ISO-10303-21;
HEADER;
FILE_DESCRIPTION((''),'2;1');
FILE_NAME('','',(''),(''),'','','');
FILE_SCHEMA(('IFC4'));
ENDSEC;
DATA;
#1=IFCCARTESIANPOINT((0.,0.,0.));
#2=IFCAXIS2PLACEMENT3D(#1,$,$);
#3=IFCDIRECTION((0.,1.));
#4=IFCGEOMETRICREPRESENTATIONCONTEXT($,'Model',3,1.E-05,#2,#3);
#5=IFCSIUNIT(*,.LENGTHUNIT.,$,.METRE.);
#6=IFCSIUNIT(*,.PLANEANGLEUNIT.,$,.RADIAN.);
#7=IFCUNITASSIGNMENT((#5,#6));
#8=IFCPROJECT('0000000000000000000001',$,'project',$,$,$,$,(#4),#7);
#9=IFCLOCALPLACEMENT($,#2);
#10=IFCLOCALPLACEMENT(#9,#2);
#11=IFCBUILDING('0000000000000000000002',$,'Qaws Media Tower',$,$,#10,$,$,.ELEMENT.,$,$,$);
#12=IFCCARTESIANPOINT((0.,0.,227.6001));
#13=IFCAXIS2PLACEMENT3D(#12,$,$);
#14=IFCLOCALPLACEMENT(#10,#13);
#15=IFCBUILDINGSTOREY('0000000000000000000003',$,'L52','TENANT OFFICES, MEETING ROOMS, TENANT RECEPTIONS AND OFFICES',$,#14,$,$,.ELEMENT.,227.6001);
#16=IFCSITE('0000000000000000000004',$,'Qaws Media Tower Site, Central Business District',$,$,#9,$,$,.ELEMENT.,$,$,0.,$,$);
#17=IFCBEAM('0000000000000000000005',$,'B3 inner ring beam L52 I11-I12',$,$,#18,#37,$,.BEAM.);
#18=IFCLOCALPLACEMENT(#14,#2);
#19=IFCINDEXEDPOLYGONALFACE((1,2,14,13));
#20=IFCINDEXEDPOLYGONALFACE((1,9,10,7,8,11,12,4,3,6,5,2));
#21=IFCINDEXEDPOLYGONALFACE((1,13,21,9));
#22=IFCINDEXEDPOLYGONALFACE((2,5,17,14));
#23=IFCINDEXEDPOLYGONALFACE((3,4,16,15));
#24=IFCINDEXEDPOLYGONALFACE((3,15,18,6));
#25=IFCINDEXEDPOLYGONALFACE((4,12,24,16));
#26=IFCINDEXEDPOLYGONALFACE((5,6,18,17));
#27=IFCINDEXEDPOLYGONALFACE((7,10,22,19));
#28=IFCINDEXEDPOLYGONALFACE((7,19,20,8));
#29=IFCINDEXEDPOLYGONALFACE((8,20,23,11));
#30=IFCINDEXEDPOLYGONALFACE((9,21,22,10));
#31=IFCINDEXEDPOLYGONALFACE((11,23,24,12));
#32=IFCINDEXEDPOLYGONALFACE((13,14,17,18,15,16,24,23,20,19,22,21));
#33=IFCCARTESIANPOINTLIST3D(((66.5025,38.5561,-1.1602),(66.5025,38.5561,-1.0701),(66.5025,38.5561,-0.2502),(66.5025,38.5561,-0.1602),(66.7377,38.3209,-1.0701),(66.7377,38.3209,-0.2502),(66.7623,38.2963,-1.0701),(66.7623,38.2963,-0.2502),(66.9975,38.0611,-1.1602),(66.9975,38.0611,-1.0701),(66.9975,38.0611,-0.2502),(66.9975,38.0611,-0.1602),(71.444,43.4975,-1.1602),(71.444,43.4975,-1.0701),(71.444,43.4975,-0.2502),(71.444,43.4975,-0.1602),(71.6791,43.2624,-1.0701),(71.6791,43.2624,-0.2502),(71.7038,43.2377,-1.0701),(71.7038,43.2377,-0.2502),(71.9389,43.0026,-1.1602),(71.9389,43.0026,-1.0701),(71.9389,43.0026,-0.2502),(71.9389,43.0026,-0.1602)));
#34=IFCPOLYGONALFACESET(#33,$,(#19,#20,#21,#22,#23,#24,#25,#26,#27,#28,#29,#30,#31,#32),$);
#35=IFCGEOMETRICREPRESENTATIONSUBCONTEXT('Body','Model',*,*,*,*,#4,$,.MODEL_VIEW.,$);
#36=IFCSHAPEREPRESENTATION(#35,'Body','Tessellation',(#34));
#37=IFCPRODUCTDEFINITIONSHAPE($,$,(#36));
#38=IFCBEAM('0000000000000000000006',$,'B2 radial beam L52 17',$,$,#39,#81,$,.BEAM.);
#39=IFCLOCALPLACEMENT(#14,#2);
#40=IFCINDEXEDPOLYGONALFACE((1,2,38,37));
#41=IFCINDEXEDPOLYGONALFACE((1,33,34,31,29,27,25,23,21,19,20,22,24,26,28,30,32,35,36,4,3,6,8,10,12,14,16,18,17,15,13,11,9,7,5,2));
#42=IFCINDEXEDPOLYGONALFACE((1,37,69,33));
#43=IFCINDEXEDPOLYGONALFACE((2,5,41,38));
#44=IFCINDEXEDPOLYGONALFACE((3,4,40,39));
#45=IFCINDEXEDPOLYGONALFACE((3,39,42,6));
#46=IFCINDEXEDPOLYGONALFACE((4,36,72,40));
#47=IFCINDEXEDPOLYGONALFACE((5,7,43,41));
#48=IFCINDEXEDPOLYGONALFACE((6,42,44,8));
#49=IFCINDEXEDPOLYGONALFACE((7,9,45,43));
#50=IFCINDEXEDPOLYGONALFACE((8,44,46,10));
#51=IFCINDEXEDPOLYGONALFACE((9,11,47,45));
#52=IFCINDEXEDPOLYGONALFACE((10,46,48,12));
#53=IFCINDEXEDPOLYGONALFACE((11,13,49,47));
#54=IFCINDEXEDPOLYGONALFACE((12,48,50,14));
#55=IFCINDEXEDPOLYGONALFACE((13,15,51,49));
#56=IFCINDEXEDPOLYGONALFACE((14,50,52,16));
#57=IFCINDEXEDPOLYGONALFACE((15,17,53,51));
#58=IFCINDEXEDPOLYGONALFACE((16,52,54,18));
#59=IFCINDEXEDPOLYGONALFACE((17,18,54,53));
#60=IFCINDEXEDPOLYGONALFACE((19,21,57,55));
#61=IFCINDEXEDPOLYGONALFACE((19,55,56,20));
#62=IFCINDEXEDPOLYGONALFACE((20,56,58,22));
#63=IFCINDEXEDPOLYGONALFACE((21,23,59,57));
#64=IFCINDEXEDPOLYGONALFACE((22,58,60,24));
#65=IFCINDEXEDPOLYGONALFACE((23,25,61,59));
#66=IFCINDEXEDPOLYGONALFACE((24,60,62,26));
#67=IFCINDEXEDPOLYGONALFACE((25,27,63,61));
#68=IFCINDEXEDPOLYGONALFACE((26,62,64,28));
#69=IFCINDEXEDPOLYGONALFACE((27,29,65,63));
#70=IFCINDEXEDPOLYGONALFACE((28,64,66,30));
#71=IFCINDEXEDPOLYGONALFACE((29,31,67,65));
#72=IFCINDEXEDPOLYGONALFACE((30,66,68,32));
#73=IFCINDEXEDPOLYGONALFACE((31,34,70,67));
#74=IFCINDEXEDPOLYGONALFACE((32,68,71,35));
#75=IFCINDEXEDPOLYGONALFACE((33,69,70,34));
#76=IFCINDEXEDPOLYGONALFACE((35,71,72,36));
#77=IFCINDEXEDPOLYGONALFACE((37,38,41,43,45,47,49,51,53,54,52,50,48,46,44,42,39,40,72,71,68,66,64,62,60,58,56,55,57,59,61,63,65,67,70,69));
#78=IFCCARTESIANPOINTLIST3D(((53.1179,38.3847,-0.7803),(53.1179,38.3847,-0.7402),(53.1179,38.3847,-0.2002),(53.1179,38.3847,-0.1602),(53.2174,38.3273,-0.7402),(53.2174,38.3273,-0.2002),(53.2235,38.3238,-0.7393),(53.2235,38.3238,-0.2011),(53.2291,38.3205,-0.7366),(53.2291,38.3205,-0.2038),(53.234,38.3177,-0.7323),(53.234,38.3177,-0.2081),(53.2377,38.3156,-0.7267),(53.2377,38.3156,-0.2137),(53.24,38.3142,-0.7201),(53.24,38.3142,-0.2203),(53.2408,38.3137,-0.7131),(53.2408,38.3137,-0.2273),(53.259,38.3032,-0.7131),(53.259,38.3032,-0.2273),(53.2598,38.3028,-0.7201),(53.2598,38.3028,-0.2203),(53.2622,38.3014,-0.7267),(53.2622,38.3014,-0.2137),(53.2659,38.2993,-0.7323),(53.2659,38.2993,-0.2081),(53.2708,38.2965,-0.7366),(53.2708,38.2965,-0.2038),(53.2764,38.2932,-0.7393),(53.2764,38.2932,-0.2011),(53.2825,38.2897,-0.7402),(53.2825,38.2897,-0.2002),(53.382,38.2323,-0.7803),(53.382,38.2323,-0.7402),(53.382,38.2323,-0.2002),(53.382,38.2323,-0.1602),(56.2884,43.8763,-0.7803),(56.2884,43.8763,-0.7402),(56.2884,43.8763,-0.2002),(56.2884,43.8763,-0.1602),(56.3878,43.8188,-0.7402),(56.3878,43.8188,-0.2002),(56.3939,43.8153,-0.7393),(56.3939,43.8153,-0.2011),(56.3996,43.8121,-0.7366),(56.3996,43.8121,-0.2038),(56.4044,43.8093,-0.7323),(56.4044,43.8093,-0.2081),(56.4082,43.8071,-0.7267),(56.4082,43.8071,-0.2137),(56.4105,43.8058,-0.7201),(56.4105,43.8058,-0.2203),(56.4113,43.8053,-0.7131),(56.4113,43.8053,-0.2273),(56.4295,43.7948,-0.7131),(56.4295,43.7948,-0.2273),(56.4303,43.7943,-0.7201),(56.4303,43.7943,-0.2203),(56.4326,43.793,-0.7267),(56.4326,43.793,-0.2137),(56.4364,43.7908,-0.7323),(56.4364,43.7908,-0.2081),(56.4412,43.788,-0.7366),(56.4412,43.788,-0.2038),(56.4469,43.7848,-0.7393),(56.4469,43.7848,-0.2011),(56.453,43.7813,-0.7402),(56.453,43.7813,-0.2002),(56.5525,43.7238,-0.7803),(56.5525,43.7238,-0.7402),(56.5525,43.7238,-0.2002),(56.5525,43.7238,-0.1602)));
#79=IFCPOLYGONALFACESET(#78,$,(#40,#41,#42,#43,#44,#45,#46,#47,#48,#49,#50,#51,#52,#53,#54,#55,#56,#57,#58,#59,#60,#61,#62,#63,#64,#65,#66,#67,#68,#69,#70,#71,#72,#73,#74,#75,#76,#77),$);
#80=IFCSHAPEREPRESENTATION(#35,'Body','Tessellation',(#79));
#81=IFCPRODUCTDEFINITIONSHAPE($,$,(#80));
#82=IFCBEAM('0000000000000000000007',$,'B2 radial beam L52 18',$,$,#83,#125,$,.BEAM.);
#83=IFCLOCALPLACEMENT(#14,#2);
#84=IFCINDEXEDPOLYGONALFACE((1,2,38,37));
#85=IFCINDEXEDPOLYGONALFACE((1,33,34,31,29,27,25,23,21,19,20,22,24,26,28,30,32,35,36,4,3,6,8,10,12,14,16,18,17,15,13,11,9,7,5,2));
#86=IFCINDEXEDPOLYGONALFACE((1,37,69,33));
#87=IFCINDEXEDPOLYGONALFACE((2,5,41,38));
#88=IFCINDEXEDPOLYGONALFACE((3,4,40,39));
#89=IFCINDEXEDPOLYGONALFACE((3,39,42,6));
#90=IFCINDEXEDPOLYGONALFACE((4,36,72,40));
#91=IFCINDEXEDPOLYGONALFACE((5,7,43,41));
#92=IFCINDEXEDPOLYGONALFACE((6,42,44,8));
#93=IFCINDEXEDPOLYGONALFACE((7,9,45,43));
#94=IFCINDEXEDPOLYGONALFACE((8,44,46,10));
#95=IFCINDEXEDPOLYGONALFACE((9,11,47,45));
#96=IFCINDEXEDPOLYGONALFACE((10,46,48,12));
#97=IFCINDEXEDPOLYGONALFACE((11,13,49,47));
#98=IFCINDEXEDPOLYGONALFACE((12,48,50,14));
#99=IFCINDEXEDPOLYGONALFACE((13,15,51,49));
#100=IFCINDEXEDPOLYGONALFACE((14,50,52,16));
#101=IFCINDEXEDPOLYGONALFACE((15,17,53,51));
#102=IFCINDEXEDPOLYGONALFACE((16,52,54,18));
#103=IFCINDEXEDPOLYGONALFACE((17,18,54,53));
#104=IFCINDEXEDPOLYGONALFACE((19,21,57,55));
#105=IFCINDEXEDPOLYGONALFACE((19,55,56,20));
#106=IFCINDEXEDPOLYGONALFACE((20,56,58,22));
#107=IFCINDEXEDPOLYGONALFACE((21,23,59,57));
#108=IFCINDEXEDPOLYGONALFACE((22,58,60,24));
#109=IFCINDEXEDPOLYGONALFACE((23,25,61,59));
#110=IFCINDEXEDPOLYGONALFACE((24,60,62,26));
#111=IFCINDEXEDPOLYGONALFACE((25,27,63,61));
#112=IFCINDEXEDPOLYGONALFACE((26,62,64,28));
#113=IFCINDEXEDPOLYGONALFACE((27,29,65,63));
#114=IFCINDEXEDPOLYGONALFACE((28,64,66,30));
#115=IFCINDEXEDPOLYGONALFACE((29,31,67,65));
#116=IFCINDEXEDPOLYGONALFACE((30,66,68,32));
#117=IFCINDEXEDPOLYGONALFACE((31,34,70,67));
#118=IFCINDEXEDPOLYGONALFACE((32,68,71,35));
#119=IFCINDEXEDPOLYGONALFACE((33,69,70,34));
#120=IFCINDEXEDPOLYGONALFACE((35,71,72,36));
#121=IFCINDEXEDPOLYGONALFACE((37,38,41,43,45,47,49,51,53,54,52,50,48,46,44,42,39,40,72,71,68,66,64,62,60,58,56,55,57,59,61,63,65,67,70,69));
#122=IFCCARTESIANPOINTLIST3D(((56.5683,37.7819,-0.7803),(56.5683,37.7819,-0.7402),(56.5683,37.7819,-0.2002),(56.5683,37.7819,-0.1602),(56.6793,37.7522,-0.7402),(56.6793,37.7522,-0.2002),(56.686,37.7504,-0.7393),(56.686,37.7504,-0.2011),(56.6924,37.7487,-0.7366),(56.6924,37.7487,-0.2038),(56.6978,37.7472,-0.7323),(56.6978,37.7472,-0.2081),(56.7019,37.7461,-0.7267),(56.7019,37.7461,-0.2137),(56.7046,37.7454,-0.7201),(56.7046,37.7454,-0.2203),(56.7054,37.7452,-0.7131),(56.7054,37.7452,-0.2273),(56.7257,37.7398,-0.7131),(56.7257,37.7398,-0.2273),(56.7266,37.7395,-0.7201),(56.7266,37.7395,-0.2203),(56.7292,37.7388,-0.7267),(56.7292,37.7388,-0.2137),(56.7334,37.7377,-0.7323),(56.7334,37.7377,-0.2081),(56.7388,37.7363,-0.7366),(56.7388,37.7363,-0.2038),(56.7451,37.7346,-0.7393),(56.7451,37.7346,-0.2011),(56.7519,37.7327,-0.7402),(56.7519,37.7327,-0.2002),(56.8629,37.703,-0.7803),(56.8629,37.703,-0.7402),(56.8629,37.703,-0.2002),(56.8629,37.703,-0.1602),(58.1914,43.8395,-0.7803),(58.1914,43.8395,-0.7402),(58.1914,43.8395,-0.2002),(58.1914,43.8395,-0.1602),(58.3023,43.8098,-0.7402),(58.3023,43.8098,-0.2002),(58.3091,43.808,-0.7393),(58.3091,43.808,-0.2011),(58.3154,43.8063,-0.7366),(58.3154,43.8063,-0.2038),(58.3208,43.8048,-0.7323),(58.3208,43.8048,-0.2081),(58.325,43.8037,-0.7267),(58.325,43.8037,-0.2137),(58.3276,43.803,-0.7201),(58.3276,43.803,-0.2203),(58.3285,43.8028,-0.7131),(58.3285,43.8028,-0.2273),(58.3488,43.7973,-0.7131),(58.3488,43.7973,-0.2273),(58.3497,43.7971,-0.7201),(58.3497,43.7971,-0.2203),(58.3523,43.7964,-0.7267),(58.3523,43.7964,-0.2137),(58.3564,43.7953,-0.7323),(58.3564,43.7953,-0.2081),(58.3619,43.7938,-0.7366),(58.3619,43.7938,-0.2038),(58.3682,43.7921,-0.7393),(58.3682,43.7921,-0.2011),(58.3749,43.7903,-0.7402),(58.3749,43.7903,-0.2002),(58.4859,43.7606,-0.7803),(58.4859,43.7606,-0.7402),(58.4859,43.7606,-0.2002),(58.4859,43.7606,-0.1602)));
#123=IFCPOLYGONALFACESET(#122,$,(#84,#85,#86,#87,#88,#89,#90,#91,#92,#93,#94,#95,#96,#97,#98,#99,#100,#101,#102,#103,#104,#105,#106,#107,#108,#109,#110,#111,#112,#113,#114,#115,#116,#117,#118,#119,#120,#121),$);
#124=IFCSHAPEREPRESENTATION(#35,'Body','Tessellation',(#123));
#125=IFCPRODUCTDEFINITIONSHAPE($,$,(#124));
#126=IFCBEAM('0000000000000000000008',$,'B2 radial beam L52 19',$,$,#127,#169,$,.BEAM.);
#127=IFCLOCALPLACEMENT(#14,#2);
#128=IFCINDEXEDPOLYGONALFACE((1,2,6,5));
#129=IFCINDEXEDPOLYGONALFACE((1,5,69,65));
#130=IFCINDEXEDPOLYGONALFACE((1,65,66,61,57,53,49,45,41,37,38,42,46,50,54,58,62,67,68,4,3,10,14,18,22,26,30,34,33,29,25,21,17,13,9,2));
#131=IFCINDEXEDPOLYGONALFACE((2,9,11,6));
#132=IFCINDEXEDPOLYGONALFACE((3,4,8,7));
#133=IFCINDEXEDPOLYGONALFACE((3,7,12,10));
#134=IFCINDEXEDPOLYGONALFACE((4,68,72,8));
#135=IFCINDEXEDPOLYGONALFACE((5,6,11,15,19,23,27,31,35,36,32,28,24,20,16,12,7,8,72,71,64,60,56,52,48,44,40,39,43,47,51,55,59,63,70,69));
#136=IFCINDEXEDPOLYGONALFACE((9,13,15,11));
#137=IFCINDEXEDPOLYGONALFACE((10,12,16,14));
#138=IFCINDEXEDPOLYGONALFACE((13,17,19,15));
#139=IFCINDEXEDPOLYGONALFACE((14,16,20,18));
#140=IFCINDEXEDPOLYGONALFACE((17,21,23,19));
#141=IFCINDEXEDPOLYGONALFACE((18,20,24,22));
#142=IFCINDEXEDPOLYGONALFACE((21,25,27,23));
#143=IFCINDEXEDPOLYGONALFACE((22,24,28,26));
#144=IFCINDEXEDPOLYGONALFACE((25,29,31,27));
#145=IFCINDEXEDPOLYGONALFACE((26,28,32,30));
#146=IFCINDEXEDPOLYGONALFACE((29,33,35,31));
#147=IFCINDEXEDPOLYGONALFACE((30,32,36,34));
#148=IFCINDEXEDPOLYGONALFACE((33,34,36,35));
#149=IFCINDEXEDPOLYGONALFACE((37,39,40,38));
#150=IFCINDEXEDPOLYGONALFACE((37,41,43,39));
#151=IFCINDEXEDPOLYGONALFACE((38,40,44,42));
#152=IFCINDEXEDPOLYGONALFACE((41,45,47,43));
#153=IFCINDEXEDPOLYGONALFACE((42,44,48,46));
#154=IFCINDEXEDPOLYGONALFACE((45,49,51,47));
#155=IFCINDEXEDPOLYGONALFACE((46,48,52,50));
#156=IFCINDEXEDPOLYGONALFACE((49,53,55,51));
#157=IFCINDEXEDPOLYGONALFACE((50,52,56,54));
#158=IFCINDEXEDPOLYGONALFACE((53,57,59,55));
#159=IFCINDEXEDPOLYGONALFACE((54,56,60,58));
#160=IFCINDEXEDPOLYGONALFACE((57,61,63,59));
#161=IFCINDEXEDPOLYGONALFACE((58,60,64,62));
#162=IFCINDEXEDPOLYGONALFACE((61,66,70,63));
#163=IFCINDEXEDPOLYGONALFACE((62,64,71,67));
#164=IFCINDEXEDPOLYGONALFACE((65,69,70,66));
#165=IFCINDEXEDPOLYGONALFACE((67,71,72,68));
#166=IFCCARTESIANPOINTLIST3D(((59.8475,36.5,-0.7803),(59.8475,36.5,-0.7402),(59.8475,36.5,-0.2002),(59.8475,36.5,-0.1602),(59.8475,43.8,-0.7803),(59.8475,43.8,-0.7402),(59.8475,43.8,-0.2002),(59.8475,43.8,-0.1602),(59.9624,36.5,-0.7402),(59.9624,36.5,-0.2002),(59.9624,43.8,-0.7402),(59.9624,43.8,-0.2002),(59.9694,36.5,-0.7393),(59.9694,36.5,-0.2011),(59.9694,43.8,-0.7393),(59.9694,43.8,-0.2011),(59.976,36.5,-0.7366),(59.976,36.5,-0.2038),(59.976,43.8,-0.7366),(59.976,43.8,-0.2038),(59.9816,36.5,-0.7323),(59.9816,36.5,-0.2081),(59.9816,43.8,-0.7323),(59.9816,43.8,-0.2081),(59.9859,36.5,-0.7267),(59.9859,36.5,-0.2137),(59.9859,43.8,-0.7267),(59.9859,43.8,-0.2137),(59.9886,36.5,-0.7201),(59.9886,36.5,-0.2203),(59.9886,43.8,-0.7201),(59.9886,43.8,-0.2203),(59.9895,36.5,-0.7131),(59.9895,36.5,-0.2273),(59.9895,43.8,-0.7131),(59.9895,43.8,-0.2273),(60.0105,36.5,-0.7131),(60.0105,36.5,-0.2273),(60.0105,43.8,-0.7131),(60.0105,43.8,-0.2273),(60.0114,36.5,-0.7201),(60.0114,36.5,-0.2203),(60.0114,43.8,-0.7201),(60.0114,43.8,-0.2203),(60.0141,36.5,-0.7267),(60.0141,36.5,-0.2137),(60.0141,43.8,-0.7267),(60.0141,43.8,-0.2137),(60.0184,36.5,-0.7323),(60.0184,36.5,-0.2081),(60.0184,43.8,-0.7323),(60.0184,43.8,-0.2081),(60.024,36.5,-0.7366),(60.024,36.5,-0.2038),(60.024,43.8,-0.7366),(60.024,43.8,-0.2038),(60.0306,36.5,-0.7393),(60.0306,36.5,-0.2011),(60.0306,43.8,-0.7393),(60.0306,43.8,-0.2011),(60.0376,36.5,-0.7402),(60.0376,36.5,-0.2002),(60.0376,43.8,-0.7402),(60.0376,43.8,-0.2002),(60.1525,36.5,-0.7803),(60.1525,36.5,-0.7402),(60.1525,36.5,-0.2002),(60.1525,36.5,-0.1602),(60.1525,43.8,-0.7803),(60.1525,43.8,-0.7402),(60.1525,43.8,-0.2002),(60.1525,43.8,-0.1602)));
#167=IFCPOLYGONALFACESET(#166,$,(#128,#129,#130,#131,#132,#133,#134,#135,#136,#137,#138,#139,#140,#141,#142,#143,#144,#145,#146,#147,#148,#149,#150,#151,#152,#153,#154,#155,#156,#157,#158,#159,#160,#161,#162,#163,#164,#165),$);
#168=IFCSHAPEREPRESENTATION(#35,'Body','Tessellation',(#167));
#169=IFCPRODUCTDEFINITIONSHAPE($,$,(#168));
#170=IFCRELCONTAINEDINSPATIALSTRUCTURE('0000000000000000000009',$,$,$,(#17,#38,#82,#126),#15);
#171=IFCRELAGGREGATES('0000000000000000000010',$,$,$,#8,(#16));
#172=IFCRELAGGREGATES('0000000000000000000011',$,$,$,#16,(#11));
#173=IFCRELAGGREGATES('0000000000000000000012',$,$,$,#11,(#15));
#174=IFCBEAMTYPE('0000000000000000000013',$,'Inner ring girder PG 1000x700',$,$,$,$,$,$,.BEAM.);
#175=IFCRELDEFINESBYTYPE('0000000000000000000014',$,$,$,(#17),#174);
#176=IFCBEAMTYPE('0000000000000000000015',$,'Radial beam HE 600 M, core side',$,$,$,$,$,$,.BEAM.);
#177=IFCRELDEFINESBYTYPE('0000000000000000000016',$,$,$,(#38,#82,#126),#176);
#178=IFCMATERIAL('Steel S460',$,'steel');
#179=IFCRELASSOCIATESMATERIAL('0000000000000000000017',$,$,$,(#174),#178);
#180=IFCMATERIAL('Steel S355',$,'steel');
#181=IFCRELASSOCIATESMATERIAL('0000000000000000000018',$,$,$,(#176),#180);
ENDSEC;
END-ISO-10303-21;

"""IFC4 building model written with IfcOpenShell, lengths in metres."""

from ifc_helpers import new_model, si_unit, direction, frame, origin, origin_2d, place, context, subcontext, project, spatial, i_section, extrude, material, material_profile, profile_set, type_object, element, save


model = new_model("IFC4")

# Units and contexts
model_context = context("Model", 3, precision=1e-05, world=origin(), true_north=direction((0.0, 1.0)))
body_context = subcontext(model_context, "Body", "Model", "MODEL_VIEW")
ifc_project = project(units=[si_unit("LENGTHUNIT", "METRE"), si_unit("PLANEANGLEUNIT", "RADIAN")], contexts=[model_context])

# Site, building, storey
site_placement = place(None, origin())
site = spatial("IfcSite", under=ifc_project, at=site_placement, Name="Qaws Media Tower Site, Central Business District", CompositionType="ELEMENT", RefElevation=0.0)
building_placement = place(site_placement, origin())
building = spatial("IfcBuilding", under=site, at=building_placement, Name="Qaws Media Tower", CompositionType="ELEMENT")
storey_placement = place(building_placement, frame((0.0, 0.0, 227.6001)))
storey = spatial("IfcBuildingStorey", under=building, at=storey_placement, Name="L52", Description="TENANT OFFICES, MEETING ROOMS, TENANT RECEPTIONS AND OFFICES", CompositionType="ELEMENT", Elevation=227.6001)

# Beams
ifc_material_1 = material(Name="Steel S460", Category="steel")
ifc_material_profile_1 = material_profile(ifc_material_1, i_section(OverallWidth=0.7, OverallDepth=1.0, WebThickness=0.0349, FlangeThickness=0.0901, at=origin_2d()), Name="PG 1000x700")
ifc_profile_set_1 = profile_set([ifc_material_profile_1], Name="Steel S460")
beam_type_1 = type_object("IfcBeamType", Name="Inner ring girder PG 1000x700", PredefinedType="BEAM", material=ifc_profile_set_1)
beam_1_placement = place(storey_placement, frame((66.75, 38.3086, -0.6602), z_axis=(0.707107, 0.707107, 0.0), x_axis=(-0.707107, 0.707107, 0.0)))
element("IfcBeam", 1, at=beam_1_placement, inside=storey, type_object=beam_type_1, Name="B3 inner ring beam L52 I11-I12", PredefinedType="BEAM", context=body_context, shape_type="SweptSolid", body=[
    extrude(i_section(OverallWidth=0.7, OverallDepth=1.0, WebThickness=0.0349, FlangeThickness=0.0901, at=origin_2d()), origin(), (0.0, 0.0, 1.0), 6.9883),
])
ifc_material_2 = material(Name="Steel S355", Category="steel")
ifc_material_profile_2 = material_profile(ifc_material_2, i_section(OverallWidth=0.3049, OverallDepth=0.6201, WebThickness=0.021, FlangeThickness=0.04, FilletRadius=0.0271, at=origin_2d()), Name="HE 600 M")
ifc_profile_set_2 = profile_set([ifc_material_profile_2], Name="Steel S355")
beam_type_2 = type_object("IfcBeamType", Name="Radial beam HE 600 M, core side", PredefinedType="BEAM", material=ifc_profile_set_2)
beam_2_placement = place(storey_placement, frame((56.4204, 43.8, -0.4702), z_axis=(-0.49999, -0.866031, 0.0), x_axis=(0.866031, -0.49999, 0.0)))
element("IfcBeam", 2, at=beam_2_placement, inside=storey, type_object=beam_type_2, Name="B2 radial beam L52 17", PredefinedType="BEAM", context=body_context, shape_type="SweptSolid", body=[
    extrude(i_section(OverallWidth=0.3049, OverallDepth=0.6201, WebThickness=0.021, FlangeThickness=0.04, FilletRadius=0.0271, at=origin_2d()), origin(), (0.0, 0.0, 1.0), 6.3411),
])
beam_3_placement = place(storey_placement, frame((58.3386, 43.8, -0.4702), z_axis=(-0.258806, -0.965929, 0.0), x_axis=(0.965929, -0.258806, 0.0)))
element("IfcBeam", 3, at=beam_3_placement, inside=storey, type_object=beam_type_2, Name="B2 radial beam L52 18", PredefinedType="BEAM", context=body_context, shape_type="SweptSolid", body=[
    extrude(i_section(OverallWidth=0.3049, OverallDepth=0.6201, WebThickness=0.021, FlangeThickness=0.04, FilletRadius=0.0271, at=origin_2d()), origin(), (0.0, 0.0, 1.0), 6.2712),
])
beam_4_placement = place(storey_placement, frame((60.0, 43.8, -0.4702), z_axis=(0.0, -1.0, 0.0), x_axis=(1.0, 0.0, 0.0)))
element("IfcBeam", 4, at=beam_4_placement, inside=storey, type_object=beam_type_2, Name="B2 radial beam L52 19", PredefinedType="BEAM", context=body_context, shape_type="SweptSolid", body=[
    extrude(i_section(OverallWidth=0.3049, OverallDepth=0.6201, WebThickness=0.021, FlangeThickness=0.04, FilletRadius=0.0271, at=origin_2d()), origin(), (0.0, 0.0, 1.0), 7.3),
])

save(model, "model.ifc")
